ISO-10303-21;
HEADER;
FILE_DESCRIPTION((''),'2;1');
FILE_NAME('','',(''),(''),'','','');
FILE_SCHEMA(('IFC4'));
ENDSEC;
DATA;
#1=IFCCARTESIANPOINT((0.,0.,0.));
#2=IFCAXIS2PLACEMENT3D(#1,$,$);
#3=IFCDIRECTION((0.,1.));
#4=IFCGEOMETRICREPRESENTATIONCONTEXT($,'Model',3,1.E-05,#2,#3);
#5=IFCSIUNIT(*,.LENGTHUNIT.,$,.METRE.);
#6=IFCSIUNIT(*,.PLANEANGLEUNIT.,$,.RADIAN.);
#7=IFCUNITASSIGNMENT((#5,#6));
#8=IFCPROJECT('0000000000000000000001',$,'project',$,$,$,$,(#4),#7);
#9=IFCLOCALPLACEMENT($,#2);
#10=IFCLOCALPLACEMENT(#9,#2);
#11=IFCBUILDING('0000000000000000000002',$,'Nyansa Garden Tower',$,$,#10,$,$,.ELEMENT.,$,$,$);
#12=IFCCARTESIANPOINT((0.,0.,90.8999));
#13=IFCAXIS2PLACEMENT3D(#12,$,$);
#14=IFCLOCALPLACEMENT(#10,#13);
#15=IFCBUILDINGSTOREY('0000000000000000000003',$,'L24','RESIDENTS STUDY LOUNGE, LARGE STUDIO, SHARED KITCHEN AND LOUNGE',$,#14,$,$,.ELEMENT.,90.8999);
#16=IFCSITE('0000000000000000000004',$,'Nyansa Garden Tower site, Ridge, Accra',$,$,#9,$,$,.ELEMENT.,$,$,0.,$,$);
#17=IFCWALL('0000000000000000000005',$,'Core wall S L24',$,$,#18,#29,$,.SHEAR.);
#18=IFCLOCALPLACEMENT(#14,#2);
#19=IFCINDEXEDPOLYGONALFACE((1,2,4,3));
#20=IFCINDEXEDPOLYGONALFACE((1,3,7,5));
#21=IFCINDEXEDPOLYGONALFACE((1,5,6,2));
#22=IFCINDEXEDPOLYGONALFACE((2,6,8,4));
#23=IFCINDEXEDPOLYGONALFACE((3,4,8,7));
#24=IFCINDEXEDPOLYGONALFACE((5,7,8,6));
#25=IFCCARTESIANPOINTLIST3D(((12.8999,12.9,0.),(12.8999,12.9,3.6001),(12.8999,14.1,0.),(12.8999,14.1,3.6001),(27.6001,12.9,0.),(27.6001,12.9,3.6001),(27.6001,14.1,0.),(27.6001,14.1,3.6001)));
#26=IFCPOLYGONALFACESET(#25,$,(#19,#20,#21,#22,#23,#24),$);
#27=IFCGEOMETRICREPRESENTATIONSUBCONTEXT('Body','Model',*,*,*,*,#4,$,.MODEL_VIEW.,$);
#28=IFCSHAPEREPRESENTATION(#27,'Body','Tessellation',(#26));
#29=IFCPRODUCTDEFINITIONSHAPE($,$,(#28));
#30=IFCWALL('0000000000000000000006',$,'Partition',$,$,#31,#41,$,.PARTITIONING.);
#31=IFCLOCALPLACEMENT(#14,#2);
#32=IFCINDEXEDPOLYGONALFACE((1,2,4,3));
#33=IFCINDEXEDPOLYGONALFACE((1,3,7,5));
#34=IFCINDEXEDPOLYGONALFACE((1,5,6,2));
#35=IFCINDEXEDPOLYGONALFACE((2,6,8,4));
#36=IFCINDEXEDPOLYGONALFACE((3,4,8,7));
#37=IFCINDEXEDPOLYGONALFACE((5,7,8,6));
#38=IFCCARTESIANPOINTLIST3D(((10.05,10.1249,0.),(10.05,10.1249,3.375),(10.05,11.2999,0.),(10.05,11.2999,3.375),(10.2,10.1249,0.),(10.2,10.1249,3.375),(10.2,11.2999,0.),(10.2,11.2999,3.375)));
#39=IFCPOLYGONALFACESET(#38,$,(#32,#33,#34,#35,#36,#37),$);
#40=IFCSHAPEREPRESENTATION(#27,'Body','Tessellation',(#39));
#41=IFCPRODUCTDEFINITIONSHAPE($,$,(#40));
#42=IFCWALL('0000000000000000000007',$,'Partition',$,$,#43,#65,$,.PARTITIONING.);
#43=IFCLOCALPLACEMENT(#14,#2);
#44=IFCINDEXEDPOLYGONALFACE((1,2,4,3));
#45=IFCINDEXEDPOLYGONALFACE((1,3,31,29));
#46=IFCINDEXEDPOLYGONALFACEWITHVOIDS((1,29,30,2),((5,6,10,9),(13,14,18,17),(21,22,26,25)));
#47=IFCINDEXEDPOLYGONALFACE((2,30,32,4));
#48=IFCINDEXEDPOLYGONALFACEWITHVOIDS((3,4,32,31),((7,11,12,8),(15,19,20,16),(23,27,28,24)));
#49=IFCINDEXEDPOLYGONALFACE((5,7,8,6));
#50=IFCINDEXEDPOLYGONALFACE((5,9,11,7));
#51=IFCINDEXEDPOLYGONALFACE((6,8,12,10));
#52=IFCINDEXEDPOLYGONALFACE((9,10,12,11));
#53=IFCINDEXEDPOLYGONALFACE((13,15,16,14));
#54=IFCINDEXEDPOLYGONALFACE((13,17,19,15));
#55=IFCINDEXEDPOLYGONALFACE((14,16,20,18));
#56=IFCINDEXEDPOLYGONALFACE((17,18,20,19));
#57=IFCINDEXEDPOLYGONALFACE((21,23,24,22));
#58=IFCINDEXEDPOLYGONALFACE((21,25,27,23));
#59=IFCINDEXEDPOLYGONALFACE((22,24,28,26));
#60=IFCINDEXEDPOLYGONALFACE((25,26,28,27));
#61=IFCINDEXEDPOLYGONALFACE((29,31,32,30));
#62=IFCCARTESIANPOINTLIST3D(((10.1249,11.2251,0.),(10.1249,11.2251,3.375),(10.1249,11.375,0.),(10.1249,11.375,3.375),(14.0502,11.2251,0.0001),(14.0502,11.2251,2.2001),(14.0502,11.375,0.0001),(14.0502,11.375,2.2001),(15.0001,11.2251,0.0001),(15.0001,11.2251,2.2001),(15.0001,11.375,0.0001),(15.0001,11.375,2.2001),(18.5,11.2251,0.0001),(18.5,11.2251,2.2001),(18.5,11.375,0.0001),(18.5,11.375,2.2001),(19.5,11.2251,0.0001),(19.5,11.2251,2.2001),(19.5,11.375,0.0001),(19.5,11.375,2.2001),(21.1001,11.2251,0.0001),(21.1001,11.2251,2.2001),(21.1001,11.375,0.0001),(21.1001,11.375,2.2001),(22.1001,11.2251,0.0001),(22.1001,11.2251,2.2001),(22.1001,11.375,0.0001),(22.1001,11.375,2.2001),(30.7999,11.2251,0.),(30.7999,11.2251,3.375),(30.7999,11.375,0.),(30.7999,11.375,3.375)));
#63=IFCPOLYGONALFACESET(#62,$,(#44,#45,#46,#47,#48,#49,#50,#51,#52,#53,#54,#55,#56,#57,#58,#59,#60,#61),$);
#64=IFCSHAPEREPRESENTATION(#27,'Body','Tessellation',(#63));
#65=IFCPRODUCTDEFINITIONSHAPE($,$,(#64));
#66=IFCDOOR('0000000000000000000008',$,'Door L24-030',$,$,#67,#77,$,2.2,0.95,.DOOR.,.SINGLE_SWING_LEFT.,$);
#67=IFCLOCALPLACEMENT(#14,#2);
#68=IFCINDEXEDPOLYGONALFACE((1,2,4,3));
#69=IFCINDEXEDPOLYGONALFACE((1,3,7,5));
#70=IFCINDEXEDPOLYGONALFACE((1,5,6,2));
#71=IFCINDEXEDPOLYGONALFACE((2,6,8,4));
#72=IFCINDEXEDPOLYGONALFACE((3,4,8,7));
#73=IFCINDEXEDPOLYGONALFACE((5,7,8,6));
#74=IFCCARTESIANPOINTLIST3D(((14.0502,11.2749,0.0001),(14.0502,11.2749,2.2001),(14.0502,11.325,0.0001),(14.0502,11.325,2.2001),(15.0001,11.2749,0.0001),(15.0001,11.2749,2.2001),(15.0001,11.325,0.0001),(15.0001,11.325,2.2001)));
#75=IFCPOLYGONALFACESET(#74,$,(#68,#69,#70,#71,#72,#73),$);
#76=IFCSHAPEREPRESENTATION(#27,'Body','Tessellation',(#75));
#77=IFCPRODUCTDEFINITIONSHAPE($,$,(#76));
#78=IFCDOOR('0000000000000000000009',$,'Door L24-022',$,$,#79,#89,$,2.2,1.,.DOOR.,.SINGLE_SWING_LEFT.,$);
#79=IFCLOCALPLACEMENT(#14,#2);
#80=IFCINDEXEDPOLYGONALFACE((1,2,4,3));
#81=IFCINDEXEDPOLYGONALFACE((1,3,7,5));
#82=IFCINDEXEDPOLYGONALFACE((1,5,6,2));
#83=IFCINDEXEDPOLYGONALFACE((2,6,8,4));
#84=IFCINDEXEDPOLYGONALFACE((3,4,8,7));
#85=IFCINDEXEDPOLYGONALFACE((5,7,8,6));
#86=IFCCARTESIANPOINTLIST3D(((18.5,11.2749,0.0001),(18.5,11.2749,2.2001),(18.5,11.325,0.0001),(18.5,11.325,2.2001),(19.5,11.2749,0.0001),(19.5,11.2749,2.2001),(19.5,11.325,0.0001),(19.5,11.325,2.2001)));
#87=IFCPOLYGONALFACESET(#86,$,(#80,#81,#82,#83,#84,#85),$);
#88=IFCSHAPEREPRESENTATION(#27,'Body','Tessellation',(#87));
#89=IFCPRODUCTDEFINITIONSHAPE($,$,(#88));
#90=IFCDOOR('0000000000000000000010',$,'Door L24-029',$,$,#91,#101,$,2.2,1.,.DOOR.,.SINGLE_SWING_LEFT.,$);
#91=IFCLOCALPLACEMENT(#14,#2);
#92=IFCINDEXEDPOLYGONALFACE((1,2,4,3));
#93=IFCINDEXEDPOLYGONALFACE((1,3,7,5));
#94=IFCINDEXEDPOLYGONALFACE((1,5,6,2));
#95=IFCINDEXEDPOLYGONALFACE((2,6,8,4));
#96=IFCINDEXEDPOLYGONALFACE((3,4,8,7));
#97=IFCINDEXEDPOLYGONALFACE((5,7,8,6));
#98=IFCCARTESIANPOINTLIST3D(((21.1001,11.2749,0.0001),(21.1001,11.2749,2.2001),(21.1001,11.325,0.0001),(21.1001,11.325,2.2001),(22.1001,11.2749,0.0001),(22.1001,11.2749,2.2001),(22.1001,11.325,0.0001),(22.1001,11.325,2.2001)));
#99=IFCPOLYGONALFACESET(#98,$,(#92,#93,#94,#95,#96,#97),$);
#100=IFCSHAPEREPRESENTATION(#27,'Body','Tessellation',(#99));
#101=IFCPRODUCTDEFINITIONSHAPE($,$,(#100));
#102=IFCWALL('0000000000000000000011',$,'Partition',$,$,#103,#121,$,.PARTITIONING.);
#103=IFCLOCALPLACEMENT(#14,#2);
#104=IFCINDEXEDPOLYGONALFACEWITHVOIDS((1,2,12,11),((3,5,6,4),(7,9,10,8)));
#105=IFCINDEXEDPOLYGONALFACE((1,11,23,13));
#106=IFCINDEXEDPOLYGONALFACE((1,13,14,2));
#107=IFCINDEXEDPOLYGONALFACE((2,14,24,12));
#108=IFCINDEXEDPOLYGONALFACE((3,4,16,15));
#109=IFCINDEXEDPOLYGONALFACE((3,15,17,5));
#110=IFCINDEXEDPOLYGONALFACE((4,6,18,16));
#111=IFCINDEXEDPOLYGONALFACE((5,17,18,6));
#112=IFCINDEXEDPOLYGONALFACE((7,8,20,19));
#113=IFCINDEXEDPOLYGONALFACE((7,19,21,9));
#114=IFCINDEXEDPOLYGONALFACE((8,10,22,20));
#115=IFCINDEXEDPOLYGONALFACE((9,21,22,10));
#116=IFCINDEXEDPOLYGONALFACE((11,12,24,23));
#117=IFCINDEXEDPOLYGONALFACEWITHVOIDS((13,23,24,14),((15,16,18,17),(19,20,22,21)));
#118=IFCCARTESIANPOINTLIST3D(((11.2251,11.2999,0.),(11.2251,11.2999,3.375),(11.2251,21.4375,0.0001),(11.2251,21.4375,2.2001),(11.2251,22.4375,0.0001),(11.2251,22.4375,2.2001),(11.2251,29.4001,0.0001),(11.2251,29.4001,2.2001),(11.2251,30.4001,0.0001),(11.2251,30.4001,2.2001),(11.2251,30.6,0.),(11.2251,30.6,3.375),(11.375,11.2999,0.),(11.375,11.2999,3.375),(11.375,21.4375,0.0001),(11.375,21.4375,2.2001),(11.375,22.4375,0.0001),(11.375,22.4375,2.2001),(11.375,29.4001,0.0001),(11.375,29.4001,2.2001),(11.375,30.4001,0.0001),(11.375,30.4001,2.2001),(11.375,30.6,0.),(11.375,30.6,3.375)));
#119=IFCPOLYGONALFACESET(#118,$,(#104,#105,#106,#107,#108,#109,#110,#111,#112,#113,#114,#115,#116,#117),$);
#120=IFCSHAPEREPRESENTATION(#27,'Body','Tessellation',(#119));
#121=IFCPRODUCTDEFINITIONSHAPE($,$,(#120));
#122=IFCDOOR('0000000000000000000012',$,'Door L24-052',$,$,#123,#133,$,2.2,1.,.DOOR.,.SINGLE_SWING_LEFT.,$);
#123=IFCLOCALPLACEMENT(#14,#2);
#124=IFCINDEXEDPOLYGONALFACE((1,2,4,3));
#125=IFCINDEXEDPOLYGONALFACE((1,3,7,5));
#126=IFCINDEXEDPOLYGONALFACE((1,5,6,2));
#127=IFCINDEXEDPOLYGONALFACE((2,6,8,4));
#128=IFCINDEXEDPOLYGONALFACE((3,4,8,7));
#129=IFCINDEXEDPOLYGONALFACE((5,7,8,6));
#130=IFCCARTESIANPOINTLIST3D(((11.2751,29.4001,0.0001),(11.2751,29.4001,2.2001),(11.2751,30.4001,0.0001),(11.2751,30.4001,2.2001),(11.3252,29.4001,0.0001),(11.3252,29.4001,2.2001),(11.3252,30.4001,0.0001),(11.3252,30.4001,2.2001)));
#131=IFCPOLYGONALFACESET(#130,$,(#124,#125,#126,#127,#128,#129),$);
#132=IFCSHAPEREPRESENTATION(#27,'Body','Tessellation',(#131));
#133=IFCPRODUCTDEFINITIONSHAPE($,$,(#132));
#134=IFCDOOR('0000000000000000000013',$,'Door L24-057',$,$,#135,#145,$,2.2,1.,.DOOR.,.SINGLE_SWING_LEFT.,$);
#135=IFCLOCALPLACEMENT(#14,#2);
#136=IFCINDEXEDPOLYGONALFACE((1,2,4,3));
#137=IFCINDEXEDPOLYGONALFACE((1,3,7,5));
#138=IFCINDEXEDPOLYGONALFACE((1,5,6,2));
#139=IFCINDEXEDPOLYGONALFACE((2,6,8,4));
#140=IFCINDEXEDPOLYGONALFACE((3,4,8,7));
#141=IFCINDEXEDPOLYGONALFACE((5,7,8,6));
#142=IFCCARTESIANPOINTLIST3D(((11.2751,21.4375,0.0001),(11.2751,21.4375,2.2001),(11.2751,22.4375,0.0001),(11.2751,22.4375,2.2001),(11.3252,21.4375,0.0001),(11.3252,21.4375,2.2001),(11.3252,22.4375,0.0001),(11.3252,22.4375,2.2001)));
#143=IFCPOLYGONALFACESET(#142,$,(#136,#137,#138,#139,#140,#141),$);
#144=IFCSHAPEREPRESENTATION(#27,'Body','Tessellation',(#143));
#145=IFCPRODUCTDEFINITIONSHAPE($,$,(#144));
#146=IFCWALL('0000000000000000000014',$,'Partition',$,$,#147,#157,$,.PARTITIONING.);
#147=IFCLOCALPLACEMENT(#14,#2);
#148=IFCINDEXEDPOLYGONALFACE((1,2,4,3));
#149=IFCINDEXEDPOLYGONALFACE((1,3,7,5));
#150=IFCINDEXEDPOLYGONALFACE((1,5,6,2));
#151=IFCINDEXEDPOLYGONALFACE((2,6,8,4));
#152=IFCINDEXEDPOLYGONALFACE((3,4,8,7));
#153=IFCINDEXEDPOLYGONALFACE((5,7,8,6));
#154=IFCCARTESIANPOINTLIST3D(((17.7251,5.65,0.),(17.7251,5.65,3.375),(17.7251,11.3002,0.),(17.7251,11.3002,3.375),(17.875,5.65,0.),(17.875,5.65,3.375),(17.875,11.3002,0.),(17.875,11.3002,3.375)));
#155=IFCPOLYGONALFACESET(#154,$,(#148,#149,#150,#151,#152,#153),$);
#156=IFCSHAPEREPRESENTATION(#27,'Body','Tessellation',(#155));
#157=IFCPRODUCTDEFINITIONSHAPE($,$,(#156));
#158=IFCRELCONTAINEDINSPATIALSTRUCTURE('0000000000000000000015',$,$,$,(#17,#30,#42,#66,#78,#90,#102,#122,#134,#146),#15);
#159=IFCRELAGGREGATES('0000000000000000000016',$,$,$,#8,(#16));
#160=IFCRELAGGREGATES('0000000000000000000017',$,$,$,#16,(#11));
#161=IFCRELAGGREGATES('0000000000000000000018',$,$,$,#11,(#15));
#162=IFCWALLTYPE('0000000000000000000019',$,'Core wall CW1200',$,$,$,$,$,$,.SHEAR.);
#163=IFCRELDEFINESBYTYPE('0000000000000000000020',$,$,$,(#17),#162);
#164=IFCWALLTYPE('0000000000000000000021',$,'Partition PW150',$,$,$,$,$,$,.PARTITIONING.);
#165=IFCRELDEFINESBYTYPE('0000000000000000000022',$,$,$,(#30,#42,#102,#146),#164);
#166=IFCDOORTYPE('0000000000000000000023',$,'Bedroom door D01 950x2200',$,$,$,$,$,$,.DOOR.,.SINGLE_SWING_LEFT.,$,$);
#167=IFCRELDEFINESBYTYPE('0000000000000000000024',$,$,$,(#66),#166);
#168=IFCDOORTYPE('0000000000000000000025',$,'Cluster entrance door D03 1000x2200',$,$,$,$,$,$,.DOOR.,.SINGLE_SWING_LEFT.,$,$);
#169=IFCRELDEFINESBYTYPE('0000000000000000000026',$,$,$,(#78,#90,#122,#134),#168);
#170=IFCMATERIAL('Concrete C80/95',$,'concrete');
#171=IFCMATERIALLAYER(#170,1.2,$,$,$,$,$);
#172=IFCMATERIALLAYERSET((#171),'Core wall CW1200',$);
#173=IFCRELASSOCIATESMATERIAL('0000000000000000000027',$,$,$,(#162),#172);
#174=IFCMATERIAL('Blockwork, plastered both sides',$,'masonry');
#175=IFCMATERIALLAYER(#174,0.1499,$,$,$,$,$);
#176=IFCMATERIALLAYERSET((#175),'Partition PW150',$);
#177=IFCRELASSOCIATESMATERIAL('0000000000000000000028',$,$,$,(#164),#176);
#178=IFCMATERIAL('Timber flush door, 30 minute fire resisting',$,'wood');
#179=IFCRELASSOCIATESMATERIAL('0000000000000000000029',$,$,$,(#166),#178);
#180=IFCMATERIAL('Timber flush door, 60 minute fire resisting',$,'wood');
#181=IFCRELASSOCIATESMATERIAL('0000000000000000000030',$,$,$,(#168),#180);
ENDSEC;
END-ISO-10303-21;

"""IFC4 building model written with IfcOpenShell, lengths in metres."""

from ifc_helpers import new_model, si_unit, direction, frame, frame_2d, origin, place, context, subcontext, project, spatial, rectangle, extrude, material, layer, layer_set, type_object, element, fill, save


model = new_model("IFC4")

# Units and contexts
model_context = context("Model", 3, precision=1e-05, world=origin(), true_north=direction((0.0, 1.0)))
body_context = subcontext(model_context, "Body", "Model", "MODEL_VIEW")
ifc_project = project(units=[si_unit("LENGTHUNIT", "METRE"), si_unit("PLANEANGLEUNIT", "RADIAN")], contexts=[model_context])

# Site, building, storey
site_placement = place(None, origin())
site = spatial("IfcSite", under=ifc_project, at=site_placement, Name="Nyansa Garden Tower site, Ridge, Accra", CompositionType="ELEMENT", RefElevation=0.0)
building_placement = place(site_placement, origin())
building = spatial("IfcBuilding", under=site, at=building_placement, Name="Nyansa Garden Tower", CompositionType="ELEMENT")
storey_placement = place(building_placement, frame((0.0, 0.0, 90.8999)))
storey = spatial("IfcBuildingStorey", under=building, at=storey_placement, Name="L24", Description="RESIDENTS STUDY LOUNGE, LARGE STUDIO, SHARED KITCHEN AND LOUNGE", CompositionType="ELEMENT", Elevation=90.8999)

# Walls
ifc_material_1 = material(Name="Concrete C80/95", Category="concrete")
ifc_layer_1 = layer(ifc_material_1, 1.2)
ifc_layer_set_1 = layer_set([ifc_layer_1], Name="Core wall CW1200")
wall_type_1 = type_object("IfcWallType", Name="Core wall CW1200", PredefinedType="SHEAR", material=ifc_layer_set_1)
wall_1_placement = place(storey_placement, frame((12.8999, 13.5, 0.0), z_axis=(0.0, 0.0, 1.0), x_axis=(1.0, 0.0, 0.0)))
element("IfcWall", 1, at=wall_1_placement, inside=storey, type_object=wall_type_1, Name="Core wall S L24", PredefinedType="SHEAR", context=body_context, shape_type="SweptSolid", body=[
    extrude(rectangle(XDim=14.7002, YDim=1.2, at=frame_2d((7.3501, 0.0))), origin(), (0.0, 0.0, 1.0), 3.6001),
])
ifc_material_2 = material(Name="Blockwork, plastered both sides", Category="masonry")
ifc_layer_2 = layer(ifc_material_2, 0.1499)
ifc_layer_set_2 = layer_set([ifc_layer_2], Name="Partition PW150")
wall_type_2 = type_object("IfcWallType", Name="Partition PW150", PredefinedType="PARTITIONING", material=ifc_layer_set_2)
wall_2_placement = place(storey_placement, frame((10.125, 10.125, 0.0), z_axis=(0.0, 0.0, 1.0), x_axis=(0.0, 1.0, 0.0)))
element("IfcWall", 2, at=wall_2_placement, inside=storey, type_object=wall_type_2, Name="Partition", PredefinedType="PARTITIONING", context=body_context, shape_type="SweptSolid", body=[
    extrude(rectangle(XDim=1.175, YDim=0.1499, at=frame_2d((0.5874, 0.0))), origin(), (0.0, 0.0, 1.0), 3.375),
])

# Walls, openings, doors
wall_3_placement = place(storey_placement, frame((10.125, 11.3, 0.0), z_axis=(0.0, 0.0, 1.0), x_axis=(1.0, 0.0, 0.0)))
wall_3 = element("IfcWall", 3, at=wall_3_placement, inside=storey, type_object=wall_type_2, Name="Partition", PredefinedType="PARTITIONING", context=body_context, shape_type="SweptSolid", body=[
    extrude(rectangle(XDim=20.675, YDim=0.1499, at=frame_2d((10.3374, 0.0))), origin(), (0.0, 0.0, 1.0), 3.375),
])
opening_1_placement = place(wall_3_placement, frame((8.375, 0.0, 0.0)))
opening_1 = element("IfcOpeningElement", 4, at=opening_1_placement, cuts=wall_3, PredefinedType="OPENING", context=body_context, shape_type="SweptSolid", body=[
    extrude(rectangle(XDim=1.0, YDim=2.2, at=frame_2d((0.5, 1.1001))), frame((0.0, 0.085, 0.0), z_axis=(0.0, -1.0, 0.0), x_axis=(1.0, 0.0, 0.0)), (0.0, 0.0, 1.0), 0.1699),
])
opening_2_placement = place(wall_3_placement, frame((10.9751, 0.0, 0.0)))
opening_2 = element("IfcOpeningElement", 5, at=opening_2_placement, cuts=wall_3, PredefinedType="OPENING", context=body_context, shape_type="SweptSolid", body=[
    extrude(rectangle(XDim=1.0, YDim=2.2, at=frame_2d((0.5, 1.1001))), frame((0.0, 0.085, 0.0), z_axis=(0.0, -1.0, 0.0), x_axis=(1.0, 0.0, 0.0)), (0.0, 0.0, 1.0), 0.1699),
])
opening_3_placement = place(wall_3_placement, frame((3.925, 0.0, 0.0)))
opening_3 = element("IfcOpeningElement", 6, at=opening_3_placement, cuts=wall_3, PredefinedType="OPENING", context=body_context, shape_type="SweptSolid", body=[
    extrude(rectangle(XDim=0.95, YDim=2.2, at=frame_2d((0.4751, 1.1001))), frame((0.0, 0.085, 0.0), z_axis=(0.0, -1.0, 0.0), x_axis=(1.0, 0.0, 0.0)), (0.0, 0.0, 1.0), 0.1699),
])
ifc_material_3 = material(Name="Timber flush door, 30 minute fire resisting", Category="wood")
door_type_1 = type_object("IfcDoorType", Name="Bedroom door D01 950x2200", OperationType="SINGLE_SWING_LEFT", PredefinedType="DOOR", material=ifc_material_3)
door_1_placement = place(opening_3_placement, origin())
door_1 = element("IfcDoor", 7, at=door_1_placement, inside=storey, type_object=door_type_1, Name="Door L24-030", OperationType="SINGLE_SWING_LEFT", OverallHeight=2.2, OverallWidth=0.95, PredefinedType="DOOR", context=body_context, shape_type="SweptSolid", body=[
    extrude(rectangle(XDim=0.95, YDim=2.2, at=frame_2d((0.4751, 1.1001))), frame((0.0, 0.0249, 0.0), z_axis=(0.0, -1.0, 0.0), x_axis=(1.0, 0.0, 0.0)), (0.0, 0.0, 1.0), 0.05),
])
fill(opening_3, door_1)
ifc_material_4 = material(Name="Timber flush door, 60 minute fire resisting", Category="wood")
door_type_2 = type_object("IfcDoorType", Name="Cluster entrance door D03 1000x2200", OperationType="SINGLE_SWING_LEFT", PredefinedType="DOOR", material=ifc_material_4)
door_2_placement = place(opening_1_placement, origin())
door_2 = element("IfcDoor", 8, at=door_2_placement, inside=storey, type_object=door_type_2, Name="Door L24-022", OperationType="SINGLE_SWING_LEFT", OverallHeight=2.2, OverallWidth=1.0, PredefinedType="DOOR", context=body_context, shape_type="SweptSolid", body=[
    extrude(rectangle(XDim=1.0, YDim=2.2, at=frame_2d((0.5, 1.1001))), frame((0.0, 0.0249, 0.0), z_axis=(0.0, -1.0, 0.0), x_axis=(1.0, 0.0, 0.0)), (0.0, 0.0, 1.0), 0.05),
])
fill(opening_1, door_2)
door_3_placement = place(opening_2_placement, origin())
door_3 = element("IfcDoor", 9, at=door_3_placement, inside=storey, type_object=door_type_2, Name="Door L24-029", OperationType="SINGLE_SWING_LEFT", OverallHeight=2.2, OverallWidth=1.0, PredefinedType="DOOR", context=body_context, shape_type="SweptSolid", body=[
    extrude(rectangle(XDim=1.0, YDim=2.2, at=frame_2d((0.5, 1.1001))), frame((0.0, 0.0249, 0.0), z_axis=(0.0, -1.0, 0.0), x_axis=(1.0, 0.0, 0.0)), (0.0, 0.0, 1.0), 0.05),
])
fill(opening_2, door_3)
wall_4_placement = place(storey_placement, frame((11.3, 11.3, 0.0), z_axis=(0.0, 0.0, 1.0), x_axis=(0.0, 1.0, 0.0)))
wall_4 = element("IfcWall", 10, at=wall_4_placement, inside=storey, type_object=wall_type_2, Name="Partition", PredefinedType="PARTITIONING", context=body_context, shape_type="SweptSolid", body=[
    extrude(rectangle(XDim=19.3, YDim=0.1499, at=frame_2d((9.6499, 0.0))), origin(), (0.0, 0.0, 1.0), 3.375),
])
opening_4_placement = place(wall_4_placement, frame((18.1001, 0.0, 0.0)))
opening_4 = element("IfcOpeningElement", 11, at=opening_4_placement, cuts=wall_4, PredefinedType="OPENING", context=body_context, shape_type="SweptSolid", body=[
    extrude(rectangle(XDim=1.0, YDim=2.2, at=frame_2d((0.5, 1.1001))), frame((0.0, 0.085, 0.0), z_axis=(0.0, -1.0, 0.0), x_axis=(1.0, 0.0, 0.0)), (0.0, 0.0, 1.0), 0.1699),
])
opening_5_placement = place(wall_4_placement, frame((10.1375, 0.0, 0.0)))
opening_5 = element("IfcOpeningElement", 12, at=opening_5_placement, cuts=wall_4, PredefinedType="OPENING", context=body_context, shape_type="SweptSolid", body=[
    extrude(rectangle(XDim=1.0, YDim=2.2, at=frame_2d((0.5, 1.1001))), frame((0.0, 0.085, 0.0), z_axis=(0.0, -1.0, 0.0), x_axis=(1.0, 0.0, 0.0)), (0.0, 0.0, 1.0), 0.1699),
])
door_4_placement = place(opening_4_placement, origin())
door_4 = element("IfcDoor", 13, at=door_4_placement, inside=storey, type_object=door_type_2, Name="Door L24-052", OperationType="SINGLE_SWING_LEFT", OverallHeight=2.2, OverallWidth=1.0, PredefinedType="DOOR", context=body_context, shape_type="SweptSolid", body=[
    extrude(rectangle(XDim=1.0, YDim=2.2, at=frame_2d((0.5, 1.1001))), frame((0.0, 0.0249, 0.0), z_axis=(0.0, -1.0, 0.0), x_axis=(1.0, 0.0, 0.0)), (0.0, 0.0, 1.0), 0.05),
])
fill(opening_4, door_4)
door_5_placement = place(opening_5_placement, origin())
door_5 = element("IfcDoor", 14, at=door_5_placement, inside=storey, type_object=door_type_2, Name="Door L24-057", OperationType="SINGLE_SWING_LEFT", OverallHeight=2.2, OverallWidth=1.0, PredefinedType="DOOR", context=body_context, shape_type="SweptSolid", body=[
    extrude(rectangle(XDim=1.0, YDim=2.2, at=frame_2d((0.5, 1.1001))), frame((0.0, 0.0249, 0.0), z_axis=(0.0, -1.0, 0.0), x_axis=(1.0, 0.0, 0.0)), (0.0, 0.0, 1.0), 0.05),
])
fill(opening_5, door_5)

# Wall
wall_5_placement = place(storey_placement, frame((17.8, 5.6499, 0.0), z_axis=(0.0, 0.0, 1.0), x_axis=(0.0, 1.0, 0.0)))
element("IfcWall", 15, at=wall_5_placement, inside=storey, type_object=wall_type_2, Name="Partition", PredefinedType="PARTITIONING", context=body_context, shape_type="SweptSolid", body=[
    extrude(rectangle(XDim=5.6501, YDim=0.1499, at=frame_2d((2.8252, 0.0))), origin(), (0.0, 0.0, 1.0), 3.375),
])

save(model, "model.ifc")
